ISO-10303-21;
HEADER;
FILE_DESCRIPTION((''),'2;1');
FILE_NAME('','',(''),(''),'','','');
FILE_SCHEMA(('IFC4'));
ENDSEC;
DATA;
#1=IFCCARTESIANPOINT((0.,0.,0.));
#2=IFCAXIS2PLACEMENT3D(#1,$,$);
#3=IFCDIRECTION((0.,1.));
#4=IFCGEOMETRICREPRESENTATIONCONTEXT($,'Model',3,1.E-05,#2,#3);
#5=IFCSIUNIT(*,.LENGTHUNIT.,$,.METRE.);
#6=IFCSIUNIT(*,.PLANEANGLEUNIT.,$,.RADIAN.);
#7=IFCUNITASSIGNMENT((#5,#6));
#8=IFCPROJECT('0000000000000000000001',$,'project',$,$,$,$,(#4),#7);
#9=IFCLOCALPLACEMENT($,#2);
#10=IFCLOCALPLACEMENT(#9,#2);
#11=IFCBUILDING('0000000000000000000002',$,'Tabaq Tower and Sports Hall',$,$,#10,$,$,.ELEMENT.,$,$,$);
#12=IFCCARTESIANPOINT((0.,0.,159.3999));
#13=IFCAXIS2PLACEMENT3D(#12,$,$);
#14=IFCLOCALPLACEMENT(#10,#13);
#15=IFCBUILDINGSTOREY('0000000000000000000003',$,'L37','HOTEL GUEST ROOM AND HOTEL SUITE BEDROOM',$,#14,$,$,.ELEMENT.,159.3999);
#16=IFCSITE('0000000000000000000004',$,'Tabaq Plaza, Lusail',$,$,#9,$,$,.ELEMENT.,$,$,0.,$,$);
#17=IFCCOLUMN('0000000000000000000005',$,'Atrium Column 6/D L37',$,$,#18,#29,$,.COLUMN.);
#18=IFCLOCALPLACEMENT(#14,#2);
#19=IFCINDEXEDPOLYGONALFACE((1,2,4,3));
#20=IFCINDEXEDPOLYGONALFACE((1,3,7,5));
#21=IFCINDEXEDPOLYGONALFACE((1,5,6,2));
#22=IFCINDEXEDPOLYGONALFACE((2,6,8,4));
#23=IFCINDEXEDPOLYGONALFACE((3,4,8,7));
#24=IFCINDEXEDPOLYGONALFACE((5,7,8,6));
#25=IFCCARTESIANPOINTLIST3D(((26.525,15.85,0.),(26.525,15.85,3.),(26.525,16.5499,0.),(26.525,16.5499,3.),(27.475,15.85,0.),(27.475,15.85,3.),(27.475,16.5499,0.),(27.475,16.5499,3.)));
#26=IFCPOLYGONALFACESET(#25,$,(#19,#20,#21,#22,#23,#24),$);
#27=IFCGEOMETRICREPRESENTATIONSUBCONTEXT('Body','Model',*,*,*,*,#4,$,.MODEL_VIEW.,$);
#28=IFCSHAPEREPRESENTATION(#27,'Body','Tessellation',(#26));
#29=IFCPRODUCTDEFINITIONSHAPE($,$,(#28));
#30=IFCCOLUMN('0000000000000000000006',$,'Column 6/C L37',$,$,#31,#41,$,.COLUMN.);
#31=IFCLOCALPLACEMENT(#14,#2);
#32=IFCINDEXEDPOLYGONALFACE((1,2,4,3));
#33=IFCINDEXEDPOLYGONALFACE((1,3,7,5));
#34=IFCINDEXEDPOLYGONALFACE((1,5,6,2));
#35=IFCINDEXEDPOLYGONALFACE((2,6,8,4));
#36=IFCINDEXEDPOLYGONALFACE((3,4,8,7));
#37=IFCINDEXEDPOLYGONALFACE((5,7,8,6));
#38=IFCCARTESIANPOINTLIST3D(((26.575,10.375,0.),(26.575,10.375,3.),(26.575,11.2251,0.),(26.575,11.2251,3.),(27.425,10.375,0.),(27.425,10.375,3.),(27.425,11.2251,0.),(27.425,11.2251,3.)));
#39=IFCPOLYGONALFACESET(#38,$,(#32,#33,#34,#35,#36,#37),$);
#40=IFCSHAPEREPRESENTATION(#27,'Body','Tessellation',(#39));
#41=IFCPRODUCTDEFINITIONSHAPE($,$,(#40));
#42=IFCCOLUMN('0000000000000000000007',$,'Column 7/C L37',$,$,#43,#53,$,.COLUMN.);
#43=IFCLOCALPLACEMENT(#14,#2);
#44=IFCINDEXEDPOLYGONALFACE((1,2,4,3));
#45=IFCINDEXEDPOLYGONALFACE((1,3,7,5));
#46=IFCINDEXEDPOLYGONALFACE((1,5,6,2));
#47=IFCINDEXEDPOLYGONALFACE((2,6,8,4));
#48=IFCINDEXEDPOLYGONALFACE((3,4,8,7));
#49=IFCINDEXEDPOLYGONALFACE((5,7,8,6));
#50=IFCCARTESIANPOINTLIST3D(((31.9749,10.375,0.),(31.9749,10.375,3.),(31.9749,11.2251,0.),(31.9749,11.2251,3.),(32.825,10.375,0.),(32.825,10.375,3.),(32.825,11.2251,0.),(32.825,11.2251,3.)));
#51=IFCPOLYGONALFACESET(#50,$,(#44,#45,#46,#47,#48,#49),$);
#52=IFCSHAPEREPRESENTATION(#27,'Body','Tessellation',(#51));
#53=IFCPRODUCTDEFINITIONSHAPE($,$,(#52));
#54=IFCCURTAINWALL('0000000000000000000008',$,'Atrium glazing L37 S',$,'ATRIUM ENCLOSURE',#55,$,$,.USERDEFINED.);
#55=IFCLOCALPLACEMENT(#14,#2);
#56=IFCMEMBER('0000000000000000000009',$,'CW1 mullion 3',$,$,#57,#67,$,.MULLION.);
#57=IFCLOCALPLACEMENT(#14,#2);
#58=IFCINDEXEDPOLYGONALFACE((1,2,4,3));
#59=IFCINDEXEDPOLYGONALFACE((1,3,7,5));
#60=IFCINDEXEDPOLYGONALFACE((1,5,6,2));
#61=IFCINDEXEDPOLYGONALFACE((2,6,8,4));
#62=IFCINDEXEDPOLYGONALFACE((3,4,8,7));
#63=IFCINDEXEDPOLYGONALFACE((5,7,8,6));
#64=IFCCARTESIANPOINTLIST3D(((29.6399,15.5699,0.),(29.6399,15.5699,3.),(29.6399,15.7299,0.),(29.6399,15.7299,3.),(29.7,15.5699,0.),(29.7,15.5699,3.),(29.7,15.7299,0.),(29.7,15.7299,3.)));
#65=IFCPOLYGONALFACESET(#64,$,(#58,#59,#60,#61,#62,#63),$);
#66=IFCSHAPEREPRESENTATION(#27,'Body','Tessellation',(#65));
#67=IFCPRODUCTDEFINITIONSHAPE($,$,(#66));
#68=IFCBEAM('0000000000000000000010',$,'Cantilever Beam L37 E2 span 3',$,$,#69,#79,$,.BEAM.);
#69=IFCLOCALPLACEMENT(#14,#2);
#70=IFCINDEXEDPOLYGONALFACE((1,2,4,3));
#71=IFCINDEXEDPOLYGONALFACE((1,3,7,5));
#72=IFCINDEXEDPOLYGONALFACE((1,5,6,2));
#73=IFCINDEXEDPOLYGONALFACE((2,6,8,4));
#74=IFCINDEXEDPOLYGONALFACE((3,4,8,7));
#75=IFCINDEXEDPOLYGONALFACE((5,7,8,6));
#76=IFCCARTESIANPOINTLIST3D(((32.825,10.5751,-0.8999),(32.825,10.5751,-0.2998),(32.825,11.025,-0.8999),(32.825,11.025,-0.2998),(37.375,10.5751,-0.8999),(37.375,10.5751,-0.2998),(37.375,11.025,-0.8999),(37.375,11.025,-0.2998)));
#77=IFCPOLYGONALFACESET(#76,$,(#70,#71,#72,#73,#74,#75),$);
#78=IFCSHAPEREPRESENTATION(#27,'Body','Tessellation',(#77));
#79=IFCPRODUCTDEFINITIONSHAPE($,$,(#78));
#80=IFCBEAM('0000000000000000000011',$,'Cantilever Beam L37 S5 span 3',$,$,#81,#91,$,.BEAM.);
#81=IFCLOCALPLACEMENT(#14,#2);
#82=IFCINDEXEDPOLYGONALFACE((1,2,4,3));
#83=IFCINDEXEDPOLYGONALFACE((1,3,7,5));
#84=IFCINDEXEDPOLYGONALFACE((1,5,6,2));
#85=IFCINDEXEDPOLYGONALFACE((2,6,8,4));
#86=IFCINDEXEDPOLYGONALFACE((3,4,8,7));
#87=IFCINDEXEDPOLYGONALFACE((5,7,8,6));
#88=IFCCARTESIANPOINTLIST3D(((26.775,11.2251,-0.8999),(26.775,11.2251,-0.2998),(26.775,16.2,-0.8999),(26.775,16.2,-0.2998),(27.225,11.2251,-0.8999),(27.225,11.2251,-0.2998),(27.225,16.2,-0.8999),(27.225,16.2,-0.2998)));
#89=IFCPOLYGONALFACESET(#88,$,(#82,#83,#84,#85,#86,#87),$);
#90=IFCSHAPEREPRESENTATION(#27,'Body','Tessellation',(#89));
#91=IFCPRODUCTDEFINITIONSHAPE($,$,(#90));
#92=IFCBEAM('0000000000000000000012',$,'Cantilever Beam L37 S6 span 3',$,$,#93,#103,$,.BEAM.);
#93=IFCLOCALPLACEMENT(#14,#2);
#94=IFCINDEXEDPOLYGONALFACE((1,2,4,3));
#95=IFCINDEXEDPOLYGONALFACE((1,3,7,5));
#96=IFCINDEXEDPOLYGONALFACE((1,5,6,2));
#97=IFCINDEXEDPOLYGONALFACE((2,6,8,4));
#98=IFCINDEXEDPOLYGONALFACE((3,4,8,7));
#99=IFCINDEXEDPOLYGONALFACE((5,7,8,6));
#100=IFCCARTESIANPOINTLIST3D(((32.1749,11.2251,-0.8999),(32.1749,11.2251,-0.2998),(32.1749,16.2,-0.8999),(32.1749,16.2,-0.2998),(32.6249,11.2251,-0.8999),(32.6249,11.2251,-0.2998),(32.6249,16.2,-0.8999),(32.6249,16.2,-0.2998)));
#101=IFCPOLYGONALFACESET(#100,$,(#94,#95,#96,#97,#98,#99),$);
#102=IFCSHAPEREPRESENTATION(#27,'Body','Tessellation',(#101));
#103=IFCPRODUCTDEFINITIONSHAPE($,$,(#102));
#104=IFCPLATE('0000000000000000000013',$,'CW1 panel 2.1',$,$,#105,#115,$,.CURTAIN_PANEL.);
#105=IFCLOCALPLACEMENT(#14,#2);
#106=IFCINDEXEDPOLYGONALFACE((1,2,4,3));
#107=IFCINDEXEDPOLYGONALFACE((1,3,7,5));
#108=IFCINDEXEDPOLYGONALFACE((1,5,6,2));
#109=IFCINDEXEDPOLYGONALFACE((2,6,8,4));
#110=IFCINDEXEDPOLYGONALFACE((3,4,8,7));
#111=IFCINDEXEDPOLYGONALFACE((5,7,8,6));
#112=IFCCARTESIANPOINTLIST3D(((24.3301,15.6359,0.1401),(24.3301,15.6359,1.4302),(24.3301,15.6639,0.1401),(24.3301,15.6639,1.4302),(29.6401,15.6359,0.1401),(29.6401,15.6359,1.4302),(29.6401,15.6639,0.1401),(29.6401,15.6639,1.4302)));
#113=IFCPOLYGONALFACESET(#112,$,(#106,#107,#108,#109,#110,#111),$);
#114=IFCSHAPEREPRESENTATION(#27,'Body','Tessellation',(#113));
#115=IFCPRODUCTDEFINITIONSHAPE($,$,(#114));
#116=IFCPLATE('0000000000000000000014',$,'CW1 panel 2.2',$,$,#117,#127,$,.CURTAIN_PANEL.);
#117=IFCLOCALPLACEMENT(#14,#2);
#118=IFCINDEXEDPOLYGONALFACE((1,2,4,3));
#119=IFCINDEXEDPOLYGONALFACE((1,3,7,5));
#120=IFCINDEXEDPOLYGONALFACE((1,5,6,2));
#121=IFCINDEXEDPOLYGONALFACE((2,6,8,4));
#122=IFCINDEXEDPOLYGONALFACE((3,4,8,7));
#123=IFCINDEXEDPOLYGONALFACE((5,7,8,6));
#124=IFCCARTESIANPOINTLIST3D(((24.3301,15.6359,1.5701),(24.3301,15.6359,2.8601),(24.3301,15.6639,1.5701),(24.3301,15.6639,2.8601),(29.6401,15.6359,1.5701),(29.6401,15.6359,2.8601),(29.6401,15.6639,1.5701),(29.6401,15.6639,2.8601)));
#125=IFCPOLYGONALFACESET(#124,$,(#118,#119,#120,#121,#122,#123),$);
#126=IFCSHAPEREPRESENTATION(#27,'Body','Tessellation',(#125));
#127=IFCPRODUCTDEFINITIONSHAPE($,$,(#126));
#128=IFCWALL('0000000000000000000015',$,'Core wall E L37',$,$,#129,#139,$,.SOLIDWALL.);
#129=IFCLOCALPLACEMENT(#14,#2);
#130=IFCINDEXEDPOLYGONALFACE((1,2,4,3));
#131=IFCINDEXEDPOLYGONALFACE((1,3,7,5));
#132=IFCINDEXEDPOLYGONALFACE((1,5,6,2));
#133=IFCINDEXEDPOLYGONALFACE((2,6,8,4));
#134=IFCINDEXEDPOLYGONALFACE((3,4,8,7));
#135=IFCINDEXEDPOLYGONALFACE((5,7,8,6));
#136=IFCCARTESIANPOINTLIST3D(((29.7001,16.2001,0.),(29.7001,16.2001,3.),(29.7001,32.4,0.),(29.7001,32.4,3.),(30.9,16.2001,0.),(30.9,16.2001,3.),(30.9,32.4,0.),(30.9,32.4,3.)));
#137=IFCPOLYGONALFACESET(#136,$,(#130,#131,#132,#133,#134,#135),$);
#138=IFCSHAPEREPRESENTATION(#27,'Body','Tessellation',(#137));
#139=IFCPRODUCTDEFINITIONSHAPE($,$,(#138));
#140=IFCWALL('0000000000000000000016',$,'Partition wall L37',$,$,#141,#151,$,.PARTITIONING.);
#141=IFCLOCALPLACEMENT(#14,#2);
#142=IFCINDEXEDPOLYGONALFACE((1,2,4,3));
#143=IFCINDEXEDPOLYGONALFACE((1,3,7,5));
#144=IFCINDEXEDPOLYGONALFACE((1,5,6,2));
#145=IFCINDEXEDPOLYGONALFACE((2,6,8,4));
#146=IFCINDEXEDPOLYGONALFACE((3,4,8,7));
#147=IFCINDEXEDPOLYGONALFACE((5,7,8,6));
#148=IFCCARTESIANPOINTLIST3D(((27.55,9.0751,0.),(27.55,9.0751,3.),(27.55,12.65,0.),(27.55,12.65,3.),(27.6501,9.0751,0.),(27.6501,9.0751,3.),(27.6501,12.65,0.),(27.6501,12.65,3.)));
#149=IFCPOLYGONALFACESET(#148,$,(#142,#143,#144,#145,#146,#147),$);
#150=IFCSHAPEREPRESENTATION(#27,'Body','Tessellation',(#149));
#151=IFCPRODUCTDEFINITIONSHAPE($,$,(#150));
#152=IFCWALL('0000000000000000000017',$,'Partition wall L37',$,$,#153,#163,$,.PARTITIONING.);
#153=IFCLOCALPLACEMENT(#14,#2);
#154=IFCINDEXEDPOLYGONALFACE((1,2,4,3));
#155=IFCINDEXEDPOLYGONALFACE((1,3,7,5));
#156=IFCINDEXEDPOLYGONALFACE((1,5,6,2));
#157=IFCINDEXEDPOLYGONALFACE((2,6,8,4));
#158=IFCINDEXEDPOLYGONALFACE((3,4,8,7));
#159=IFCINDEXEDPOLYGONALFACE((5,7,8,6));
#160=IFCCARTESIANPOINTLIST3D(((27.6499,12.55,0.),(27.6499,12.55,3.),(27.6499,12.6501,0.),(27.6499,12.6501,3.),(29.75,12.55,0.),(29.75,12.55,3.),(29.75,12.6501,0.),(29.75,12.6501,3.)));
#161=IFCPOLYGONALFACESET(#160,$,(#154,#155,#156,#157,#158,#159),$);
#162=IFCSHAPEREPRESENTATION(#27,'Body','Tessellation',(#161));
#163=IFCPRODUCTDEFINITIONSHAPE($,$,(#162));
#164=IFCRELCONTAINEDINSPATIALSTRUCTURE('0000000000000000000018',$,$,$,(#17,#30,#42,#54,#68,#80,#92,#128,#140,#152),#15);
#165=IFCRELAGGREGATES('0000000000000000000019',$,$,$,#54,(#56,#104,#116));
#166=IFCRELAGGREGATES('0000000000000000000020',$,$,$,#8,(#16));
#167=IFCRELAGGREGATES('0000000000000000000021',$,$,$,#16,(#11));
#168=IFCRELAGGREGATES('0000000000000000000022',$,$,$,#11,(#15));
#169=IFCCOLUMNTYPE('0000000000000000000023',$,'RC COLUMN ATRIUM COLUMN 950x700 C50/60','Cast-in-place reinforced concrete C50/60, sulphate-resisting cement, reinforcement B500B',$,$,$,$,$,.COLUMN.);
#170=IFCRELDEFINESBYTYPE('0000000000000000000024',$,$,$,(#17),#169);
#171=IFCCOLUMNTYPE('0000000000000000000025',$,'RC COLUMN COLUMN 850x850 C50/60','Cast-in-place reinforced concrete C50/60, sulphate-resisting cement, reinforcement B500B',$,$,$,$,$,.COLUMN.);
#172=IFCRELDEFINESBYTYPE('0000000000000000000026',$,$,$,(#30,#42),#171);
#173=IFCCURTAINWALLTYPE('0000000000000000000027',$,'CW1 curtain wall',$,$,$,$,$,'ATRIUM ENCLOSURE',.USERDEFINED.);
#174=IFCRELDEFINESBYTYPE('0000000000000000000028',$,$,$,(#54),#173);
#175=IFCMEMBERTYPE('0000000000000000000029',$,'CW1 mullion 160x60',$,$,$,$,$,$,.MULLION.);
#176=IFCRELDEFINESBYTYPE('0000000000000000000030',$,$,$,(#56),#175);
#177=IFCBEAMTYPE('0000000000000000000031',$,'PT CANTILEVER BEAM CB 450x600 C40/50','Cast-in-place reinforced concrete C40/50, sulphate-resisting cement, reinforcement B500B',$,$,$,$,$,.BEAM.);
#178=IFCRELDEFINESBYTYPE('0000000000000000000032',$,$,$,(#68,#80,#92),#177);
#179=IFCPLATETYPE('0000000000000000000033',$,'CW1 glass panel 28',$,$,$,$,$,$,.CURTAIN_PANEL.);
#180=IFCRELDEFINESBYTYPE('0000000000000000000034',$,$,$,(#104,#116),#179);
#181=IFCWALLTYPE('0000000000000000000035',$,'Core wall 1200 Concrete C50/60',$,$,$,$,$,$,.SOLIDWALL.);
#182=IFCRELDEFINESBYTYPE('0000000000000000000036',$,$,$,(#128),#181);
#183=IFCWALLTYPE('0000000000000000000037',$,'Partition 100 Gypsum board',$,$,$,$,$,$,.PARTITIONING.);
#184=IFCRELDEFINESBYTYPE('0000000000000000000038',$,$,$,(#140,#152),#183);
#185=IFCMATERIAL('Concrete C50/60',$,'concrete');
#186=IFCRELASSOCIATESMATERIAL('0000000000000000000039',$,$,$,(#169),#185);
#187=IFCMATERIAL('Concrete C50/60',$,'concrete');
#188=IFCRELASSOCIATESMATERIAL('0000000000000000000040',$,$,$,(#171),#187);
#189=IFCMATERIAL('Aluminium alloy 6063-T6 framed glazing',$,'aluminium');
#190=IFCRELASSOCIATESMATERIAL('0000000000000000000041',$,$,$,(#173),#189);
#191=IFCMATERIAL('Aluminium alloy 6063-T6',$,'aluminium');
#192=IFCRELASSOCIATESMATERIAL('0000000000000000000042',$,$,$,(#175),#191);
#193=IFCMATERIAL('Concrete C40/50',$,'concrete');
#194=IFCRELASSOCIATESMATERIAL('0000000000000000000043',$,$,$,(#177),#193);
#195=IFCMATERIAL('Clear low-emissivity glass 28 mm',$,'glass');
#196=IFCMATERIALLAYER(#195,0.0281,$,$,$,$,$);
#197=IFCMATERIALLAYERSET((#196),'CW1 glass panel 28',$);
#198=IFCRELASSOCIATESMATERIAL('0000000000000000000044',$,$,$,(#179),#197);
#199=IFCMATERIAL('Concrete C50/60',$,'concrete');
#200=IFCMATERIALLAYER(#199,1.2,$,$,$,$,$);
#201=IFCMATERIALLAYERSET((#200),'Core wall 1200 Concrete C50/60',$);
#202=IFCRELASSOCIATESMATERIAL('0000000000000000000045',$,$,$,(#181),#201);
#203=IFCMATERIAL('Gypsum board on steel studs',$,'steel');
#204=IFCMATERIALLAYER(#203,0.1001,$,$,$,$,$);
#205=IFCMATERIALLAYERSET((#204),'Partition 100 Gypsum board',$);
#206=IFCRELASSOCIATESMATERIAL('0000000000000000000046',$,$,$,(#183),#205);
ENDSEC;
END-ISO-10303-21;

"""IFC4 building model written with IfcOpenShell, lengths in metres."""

from ifc_helpers import new_model, si_unit, direction, frame, frame_2d, origin, origin_2d, place, context, subcontext, project, spatial, rectangle, extrude, material, layer, layer_set, material_profile, profile_set, type_object, element, aggregate, save


model = new_model("IFC4")

# Units and contexts
model_context = context("Model", 3, precision=1e-05, world=origin(), true_north=direction((0.0, 1.0)))
body_context = subcontext(model_context, "Body", "Model", "MODEL_VIEW")
ifc_project = project(units=[si_unit("LENGTHUNIT", "METRE"), si_unit("PLANEANGLEUNIT", "RADIAN")], contexts=[model_context])

# Site, building, storey
site_placement = place(None, origin())
site = spatial("IfcSite", under=ifc_project, at=site_placement, Name="Tabaq Plaza, Lusail", CompositionType="ELEMENT", RefElevation=0.0)
building_placement = place(site_placement, origin())
building = spatial("IfcBuilding", under=site, at=building_placement, Name="Tabaq Tower and Sports Hall", CompositionType="ELEMENT")
storey_placement = place(building_placement, frame((0.0, 0.0, 159.3999)))
storey = spatial("IfcBuildingStorey", under=building, at=storey_placement, Name="L37", Description="HOTEL GUEST ROOM AND HOTEL SUITE BEDROOM", CompositionType="ELEMENT", Elevation=159.3999)

# Columns
ifc_material_1 = material(Name="Concrete C50/60", Category="concrete")
ifc_material_profile_1 = material_profile(ifc_material_1, rectangle(XDim=0.95, YDim=0.7, at=origin_2d()), Name="ATRIUM COLUMN 950x700")
ifc_profile_set_1 = profile_set([ifc_material_profile_1], Name="Concrete C50/60")
column_type_1 = type_object("IfcColumnType", Name="RC COLUMN ATRIUM COLUMN 950x700 C50/60", Description="Cast-in-place reinforced concrete C50/60, sulphate-resisting cement, reinforcement B500B", PredefinedType="COLUMN", material=ifc_profile_set_1)
column_placement = place(storey_placement, frame((27.0, 16.2, 0.0), z_axis=(0.0, 0.0, 1.0), x_axis=(1.0, 0.0, 0.0)))
element("IfcColumn", 1, at=column_placement, inside=storey, type_object=column_type_1, Name="Atrium Column 6/D L37", PredefinedType="COLUMN", context=body_context, shape_type="SweptSolid", body=[
    extrude(rectangle(XDim=0.95, YDim=0.7, at=origin_2d()), origin(), (0.0, 0.0, 1.0), 3.0),
])
ifc_material_2 = material(Name="Concrete C50/60", Category="concrete")
ifc_material_profile_2 = material_profile(ifc_material_2, rectangle(XDim=0.8501, YDim=0.8501, at=origin_2d()), Name="COLUMN 850x850")
ifc_profile_set_2 = profile_set([ifc_material_profile_2], Name="Concrete C50/60")
column_type_2 = type_object("IfcColumnType", Name="RC COLUMN COLUMN 850x850 C50/60", Description="Cast-in-place reinforced concrete C50/60, sulphate-resisting cement, reinforcement B500B", PredefinedType="COLUMN", material=ifc_profile_set_2)
for number, where, z_axis, x_axis, name in (
    (2, (27.0, 10.8, 0.0), (0.0, 0.0, 1.0), (1.0, 0.0, 0.0), "Column 6/C L37"),
    (3, (32.3999, 10.8, 0.0), (0.0, 0.0, 1.0), (1.0, 0.0, 0.0), "Column 7/C L37"),
):
    element("IfcColumn", number, at=place(storey_placement, frame(where, z_axis=z_axis, x_axis=x_axis)), inside=storey, type_object=column_type_2, Name=name, PredefinedType="COLUMN", context=body_context, shape_type="SweptSolid", body=[
        extrude(rectangle(XDim=0.8501, YDim=0.8501, at=origin_2d()), origin(), (0.0, 0.0, 1.0), 3.0),
    ])

# Curtain wall, member
ifc_material_3 = material(Name="Aluminium alloy 6063-T6 framed glazing", Category="aluminium")
curtain_wall_type = type_object("IfcCurtainWallType", Name="CW1 curtain wall", ElementType="ATRIUM ENCLOSURE", PredefinedType="USERDEFINED", material=ifc_material_3)
curtain_wall_placement = place(storey_placement, origin())
curtain_wall = element("IfcCurtainWall", 4, at=curtain_wall_placement, inside=storey, type_object=curtain_wall_type, Name="Atrium glazing L37 S", ObjectType="ATRIUM ENCLOSURE", PredefinedType="USERDEFINED")
ifc_material_4 = material(Name="Aluminium alloy 6063-T6", Category="aluminium")
ifc_material_profile_3 = material_profile(ifc_material_4, rectangle(XDim=0.1599, YDim=0.0601, at=origin_2d()), Name="MULLION 160x60")
ifc_profile_set_3 = profile_set([ifc_material_profile_3], Name="Aluminium alloy 6063-T6")
member_type = type_object("IfcMemberType", Name="CW1 mullion 160x60", PredefinedType="MULLION", material=ifc_profile_set_3)
member_placement = place(storey_placement, frame((29.6699, 15.6499, 0.0), z_axis=(0.0, 0.0, 1.0), x_axis=(0.0, 1.0, 0.0)))
member = element("IfcMember", 5, at=member_placement, type_object=member_type, Name="CW1 mullion 3", PredefinedType="MULLION", context=body_context, shape_type="SweptSolid", body=[
    extrude(rectangle(XDim=0.1599, YDim=0.0601, at=origin_2d()), origin(), (0.0, 0.0, 1.0), 3.0),
])

# Beams
ifc_material_5 = material(Name="Concrete C40/50", Category="concrete")
ifc_material_profile_4 = material_profile(ifc_material_5, rectangle(XDim=0.45, YDim=0.6001, at=origin_2d()), Name="CB 450x600")
ifc_profile_set_4 = profile_set([ifc_material_profile_4], Name="Concrete C40/50")
beam_type = type_object("IfcBeamType", Name="PT CANTILEVER BEAM CB 450x600 C40/50", Description="Cast-in-place reinforced concrete C40/50, sulphate-resisting cement, reinforcement B500B", PredefinedType="BEAM", material=ifc_profile_set_4)
beam_placement = place(storey_placement, frame((37.375, 10.8, -0.5999), z_axis=(-1.0, 0.0, 0.0), x_axis=(0.0, -1.0, 0.0)))
element("IfcBeam", 6, at=beam_placement, inside=storey, type_object=beam_type, Name="Cantilever Beam L37 E2 span 3", PredefinedType="BEAM", context=body_context, shape_type="SweptSolid", body=[
    extrude(rectangle(XDim=0.45, YDim=0.6001, at=origin_2d()), origin(), (0.0, 0.0, 1.0), 4.55),
])
for number, where, z_axis, x_axis, name in (
    (7, (27.0, 11.2251, -0.5999), (0.0, 1.0, 0.0), (-1.0, 0.0, 0.0), "Cantilever Beam L37 S5 span 3"),
    (8, (32.3999, 11.2251, -0.5999), (0.0, 1.0, 0.0), (-1.0, 0.0, 0.0), "Cantilever Beam L37 S6 span 3"),
):
    element("IfcBeam", number, at=place(storey_placement, frame(where, z_axis=z_axis, x_axis=x_axis)), inside=storey, type_object=beam_type, Name=name, PredefinedType="BEAM", context=body_context, shape_type="SweptSolid", body=[
        extrude(rectangle(XDim=0.45, YDim=0.6001, at=origin_2d()), origin(), (0.0, 0.0, 1.0), 4.9749),
    ])

# Plates
ifc_material_6 = material(Name="Clear low-emissivity glass 28 mm", Category="glass")
ifc_layer_1 = layer(ifc_material_6, 0.0281)
ifc_layer_set_1 = layer_set([ifc_layer_1], Name="CW1 glass panel 28")
plate_type = type_object("IfcPlateType", Name="CW1 glass panel 28", PredefinedType="CURTAIN_PANEL", material=ifc_layer_set_1)
plate_1_placement = place(storey_placement, frame((26.9851, 15.6499, 0.1401), z_axis=(0.0, 0.0, 1.0), x_axis=(1.0, 0.0, 0.0)))
plate_1 = element("IfcPlate", 9, at=plate_1_placement, type_object=plate_type, Name="CW1 panel 2.1", PredefinedType="CURTAIN_PANEL", context=body_context, shape_type="SweptSolid", body=[
    extrude(rectangle(XDim=5.3101, YDim=0.0281, at=origin_2d()), origin(), (0.0, 0.0, 1.0), 1.29),
])
plate_2_placement = place(storey_placement, frame((26.9851, 15.6499, 1.5701), z_axis=(0.0, 0.0, 1.0), x_axis=(1.0, 0.0, 0.0)))
plate_2 = element("IfcPlate", 10, at=plate_2_placement, type_object=plate_type, Name="CW1 panel 2.2", PredefinedType="CURTAIN_PANEL", context=body_context, shape_type="SweptSolid", body=[
    extrude(rectangle(XDim=5.3101, YDim=0.0281, at=origin_2d()), origin(), (0.0, 0.0, 1.0), 1.29),
])
aggregate(curtain_wall, [member, plate_1, plate_2])

# Walls
ifc_material_7 = material(Name="Concrete C50/60", Category="concrete")
ifc_layer_2 = layer(ifc_material_7, 1.2)
ifc_layer_set_2 = layer_set([ifc_layer_2], Name="Core wall 1200 Concrete C50/60")
wall_type_1 = type_object("IfcWallType", Name="Core wall 1200 Concrete C50/60", PredefinedType="SOLIDWALL", material=ifc_layer_set_2)
wall_1_placement = place(storey_placement, frame((30.3, 16.2, 0.0), z_axis=(0.0, 0.0, 1.0), x_axis=(0.0, 1.0, 0.0)))
element("IfcWall", 11, at=wall_1_placement, inside=storey, type_object=wall_type_1, Name="Core wall E L37", PredefinedType="SOLIDWALL", context=body_context, shape_type="SweptSolid", body=[
    extrude(rectangle(XDim=16.2, YDim=1.2, at=frame_2d((8.1001, 0.0))), origin(), (0.0, 0.0, 1.0), 3.0),
])
ifc_material_8 = material(Name="Gypsum board on steel studs", Category="steel")
ifc_layer_3 = layer(ifc_material_8, 0.1001)
ifc_layer_set_3 = layer_set([ifc_layer_3], Name="Partition 100 Gypsum board")
wall_type_2 = type_object("IfcWallType", Name="Partition 100 Gypsum board", PredefinedType="PARTITIONING", material=ifc_layer_set_3)
wall_2_placement = place(storey_placement, frame((27.6001, 9.075, 0.0), z_axis=(0.0, 0.0, 1.0), x_axis=(0.0, 1.0, 0.0)))
element("IfcWall", 12, at=wall_2_placement, inside=storey, type_object=wall_type_2, Name="Partition wall L37", PredefinedType="PARTITIONING", context=body_context, shape_type="SweptSolid", body=[
    extrude(rectangle(XDim=3.575, YDim=0.1001, at=frame_2d((1.7876, 0.0))), origin(), (0.0, 0.0, 1.0), 3.0),
])
wall_3_placement = place(storey_placement, frame((27.6499, 12.6001, 0.0), z_axis=(0.0, 0.0, 1.0), x_axis=(1.0, 0.0, 0.0)))
element("IfcWall", 13, at=wall_3_placement, inside=storey, type_object=wall_type_2, Name="Partition wall L37", PredefinedType="PARTITIONING", context=body_context, shape_type="SweptSolid", body=[
    extrude(rectangle(XDim=2.1001, YDim=0.1001, at=frame_2d((1.05, 0.0))), origin(), (0.0, 0.0, 1.0), 3.0),
])

save(model, "model.ifc")
